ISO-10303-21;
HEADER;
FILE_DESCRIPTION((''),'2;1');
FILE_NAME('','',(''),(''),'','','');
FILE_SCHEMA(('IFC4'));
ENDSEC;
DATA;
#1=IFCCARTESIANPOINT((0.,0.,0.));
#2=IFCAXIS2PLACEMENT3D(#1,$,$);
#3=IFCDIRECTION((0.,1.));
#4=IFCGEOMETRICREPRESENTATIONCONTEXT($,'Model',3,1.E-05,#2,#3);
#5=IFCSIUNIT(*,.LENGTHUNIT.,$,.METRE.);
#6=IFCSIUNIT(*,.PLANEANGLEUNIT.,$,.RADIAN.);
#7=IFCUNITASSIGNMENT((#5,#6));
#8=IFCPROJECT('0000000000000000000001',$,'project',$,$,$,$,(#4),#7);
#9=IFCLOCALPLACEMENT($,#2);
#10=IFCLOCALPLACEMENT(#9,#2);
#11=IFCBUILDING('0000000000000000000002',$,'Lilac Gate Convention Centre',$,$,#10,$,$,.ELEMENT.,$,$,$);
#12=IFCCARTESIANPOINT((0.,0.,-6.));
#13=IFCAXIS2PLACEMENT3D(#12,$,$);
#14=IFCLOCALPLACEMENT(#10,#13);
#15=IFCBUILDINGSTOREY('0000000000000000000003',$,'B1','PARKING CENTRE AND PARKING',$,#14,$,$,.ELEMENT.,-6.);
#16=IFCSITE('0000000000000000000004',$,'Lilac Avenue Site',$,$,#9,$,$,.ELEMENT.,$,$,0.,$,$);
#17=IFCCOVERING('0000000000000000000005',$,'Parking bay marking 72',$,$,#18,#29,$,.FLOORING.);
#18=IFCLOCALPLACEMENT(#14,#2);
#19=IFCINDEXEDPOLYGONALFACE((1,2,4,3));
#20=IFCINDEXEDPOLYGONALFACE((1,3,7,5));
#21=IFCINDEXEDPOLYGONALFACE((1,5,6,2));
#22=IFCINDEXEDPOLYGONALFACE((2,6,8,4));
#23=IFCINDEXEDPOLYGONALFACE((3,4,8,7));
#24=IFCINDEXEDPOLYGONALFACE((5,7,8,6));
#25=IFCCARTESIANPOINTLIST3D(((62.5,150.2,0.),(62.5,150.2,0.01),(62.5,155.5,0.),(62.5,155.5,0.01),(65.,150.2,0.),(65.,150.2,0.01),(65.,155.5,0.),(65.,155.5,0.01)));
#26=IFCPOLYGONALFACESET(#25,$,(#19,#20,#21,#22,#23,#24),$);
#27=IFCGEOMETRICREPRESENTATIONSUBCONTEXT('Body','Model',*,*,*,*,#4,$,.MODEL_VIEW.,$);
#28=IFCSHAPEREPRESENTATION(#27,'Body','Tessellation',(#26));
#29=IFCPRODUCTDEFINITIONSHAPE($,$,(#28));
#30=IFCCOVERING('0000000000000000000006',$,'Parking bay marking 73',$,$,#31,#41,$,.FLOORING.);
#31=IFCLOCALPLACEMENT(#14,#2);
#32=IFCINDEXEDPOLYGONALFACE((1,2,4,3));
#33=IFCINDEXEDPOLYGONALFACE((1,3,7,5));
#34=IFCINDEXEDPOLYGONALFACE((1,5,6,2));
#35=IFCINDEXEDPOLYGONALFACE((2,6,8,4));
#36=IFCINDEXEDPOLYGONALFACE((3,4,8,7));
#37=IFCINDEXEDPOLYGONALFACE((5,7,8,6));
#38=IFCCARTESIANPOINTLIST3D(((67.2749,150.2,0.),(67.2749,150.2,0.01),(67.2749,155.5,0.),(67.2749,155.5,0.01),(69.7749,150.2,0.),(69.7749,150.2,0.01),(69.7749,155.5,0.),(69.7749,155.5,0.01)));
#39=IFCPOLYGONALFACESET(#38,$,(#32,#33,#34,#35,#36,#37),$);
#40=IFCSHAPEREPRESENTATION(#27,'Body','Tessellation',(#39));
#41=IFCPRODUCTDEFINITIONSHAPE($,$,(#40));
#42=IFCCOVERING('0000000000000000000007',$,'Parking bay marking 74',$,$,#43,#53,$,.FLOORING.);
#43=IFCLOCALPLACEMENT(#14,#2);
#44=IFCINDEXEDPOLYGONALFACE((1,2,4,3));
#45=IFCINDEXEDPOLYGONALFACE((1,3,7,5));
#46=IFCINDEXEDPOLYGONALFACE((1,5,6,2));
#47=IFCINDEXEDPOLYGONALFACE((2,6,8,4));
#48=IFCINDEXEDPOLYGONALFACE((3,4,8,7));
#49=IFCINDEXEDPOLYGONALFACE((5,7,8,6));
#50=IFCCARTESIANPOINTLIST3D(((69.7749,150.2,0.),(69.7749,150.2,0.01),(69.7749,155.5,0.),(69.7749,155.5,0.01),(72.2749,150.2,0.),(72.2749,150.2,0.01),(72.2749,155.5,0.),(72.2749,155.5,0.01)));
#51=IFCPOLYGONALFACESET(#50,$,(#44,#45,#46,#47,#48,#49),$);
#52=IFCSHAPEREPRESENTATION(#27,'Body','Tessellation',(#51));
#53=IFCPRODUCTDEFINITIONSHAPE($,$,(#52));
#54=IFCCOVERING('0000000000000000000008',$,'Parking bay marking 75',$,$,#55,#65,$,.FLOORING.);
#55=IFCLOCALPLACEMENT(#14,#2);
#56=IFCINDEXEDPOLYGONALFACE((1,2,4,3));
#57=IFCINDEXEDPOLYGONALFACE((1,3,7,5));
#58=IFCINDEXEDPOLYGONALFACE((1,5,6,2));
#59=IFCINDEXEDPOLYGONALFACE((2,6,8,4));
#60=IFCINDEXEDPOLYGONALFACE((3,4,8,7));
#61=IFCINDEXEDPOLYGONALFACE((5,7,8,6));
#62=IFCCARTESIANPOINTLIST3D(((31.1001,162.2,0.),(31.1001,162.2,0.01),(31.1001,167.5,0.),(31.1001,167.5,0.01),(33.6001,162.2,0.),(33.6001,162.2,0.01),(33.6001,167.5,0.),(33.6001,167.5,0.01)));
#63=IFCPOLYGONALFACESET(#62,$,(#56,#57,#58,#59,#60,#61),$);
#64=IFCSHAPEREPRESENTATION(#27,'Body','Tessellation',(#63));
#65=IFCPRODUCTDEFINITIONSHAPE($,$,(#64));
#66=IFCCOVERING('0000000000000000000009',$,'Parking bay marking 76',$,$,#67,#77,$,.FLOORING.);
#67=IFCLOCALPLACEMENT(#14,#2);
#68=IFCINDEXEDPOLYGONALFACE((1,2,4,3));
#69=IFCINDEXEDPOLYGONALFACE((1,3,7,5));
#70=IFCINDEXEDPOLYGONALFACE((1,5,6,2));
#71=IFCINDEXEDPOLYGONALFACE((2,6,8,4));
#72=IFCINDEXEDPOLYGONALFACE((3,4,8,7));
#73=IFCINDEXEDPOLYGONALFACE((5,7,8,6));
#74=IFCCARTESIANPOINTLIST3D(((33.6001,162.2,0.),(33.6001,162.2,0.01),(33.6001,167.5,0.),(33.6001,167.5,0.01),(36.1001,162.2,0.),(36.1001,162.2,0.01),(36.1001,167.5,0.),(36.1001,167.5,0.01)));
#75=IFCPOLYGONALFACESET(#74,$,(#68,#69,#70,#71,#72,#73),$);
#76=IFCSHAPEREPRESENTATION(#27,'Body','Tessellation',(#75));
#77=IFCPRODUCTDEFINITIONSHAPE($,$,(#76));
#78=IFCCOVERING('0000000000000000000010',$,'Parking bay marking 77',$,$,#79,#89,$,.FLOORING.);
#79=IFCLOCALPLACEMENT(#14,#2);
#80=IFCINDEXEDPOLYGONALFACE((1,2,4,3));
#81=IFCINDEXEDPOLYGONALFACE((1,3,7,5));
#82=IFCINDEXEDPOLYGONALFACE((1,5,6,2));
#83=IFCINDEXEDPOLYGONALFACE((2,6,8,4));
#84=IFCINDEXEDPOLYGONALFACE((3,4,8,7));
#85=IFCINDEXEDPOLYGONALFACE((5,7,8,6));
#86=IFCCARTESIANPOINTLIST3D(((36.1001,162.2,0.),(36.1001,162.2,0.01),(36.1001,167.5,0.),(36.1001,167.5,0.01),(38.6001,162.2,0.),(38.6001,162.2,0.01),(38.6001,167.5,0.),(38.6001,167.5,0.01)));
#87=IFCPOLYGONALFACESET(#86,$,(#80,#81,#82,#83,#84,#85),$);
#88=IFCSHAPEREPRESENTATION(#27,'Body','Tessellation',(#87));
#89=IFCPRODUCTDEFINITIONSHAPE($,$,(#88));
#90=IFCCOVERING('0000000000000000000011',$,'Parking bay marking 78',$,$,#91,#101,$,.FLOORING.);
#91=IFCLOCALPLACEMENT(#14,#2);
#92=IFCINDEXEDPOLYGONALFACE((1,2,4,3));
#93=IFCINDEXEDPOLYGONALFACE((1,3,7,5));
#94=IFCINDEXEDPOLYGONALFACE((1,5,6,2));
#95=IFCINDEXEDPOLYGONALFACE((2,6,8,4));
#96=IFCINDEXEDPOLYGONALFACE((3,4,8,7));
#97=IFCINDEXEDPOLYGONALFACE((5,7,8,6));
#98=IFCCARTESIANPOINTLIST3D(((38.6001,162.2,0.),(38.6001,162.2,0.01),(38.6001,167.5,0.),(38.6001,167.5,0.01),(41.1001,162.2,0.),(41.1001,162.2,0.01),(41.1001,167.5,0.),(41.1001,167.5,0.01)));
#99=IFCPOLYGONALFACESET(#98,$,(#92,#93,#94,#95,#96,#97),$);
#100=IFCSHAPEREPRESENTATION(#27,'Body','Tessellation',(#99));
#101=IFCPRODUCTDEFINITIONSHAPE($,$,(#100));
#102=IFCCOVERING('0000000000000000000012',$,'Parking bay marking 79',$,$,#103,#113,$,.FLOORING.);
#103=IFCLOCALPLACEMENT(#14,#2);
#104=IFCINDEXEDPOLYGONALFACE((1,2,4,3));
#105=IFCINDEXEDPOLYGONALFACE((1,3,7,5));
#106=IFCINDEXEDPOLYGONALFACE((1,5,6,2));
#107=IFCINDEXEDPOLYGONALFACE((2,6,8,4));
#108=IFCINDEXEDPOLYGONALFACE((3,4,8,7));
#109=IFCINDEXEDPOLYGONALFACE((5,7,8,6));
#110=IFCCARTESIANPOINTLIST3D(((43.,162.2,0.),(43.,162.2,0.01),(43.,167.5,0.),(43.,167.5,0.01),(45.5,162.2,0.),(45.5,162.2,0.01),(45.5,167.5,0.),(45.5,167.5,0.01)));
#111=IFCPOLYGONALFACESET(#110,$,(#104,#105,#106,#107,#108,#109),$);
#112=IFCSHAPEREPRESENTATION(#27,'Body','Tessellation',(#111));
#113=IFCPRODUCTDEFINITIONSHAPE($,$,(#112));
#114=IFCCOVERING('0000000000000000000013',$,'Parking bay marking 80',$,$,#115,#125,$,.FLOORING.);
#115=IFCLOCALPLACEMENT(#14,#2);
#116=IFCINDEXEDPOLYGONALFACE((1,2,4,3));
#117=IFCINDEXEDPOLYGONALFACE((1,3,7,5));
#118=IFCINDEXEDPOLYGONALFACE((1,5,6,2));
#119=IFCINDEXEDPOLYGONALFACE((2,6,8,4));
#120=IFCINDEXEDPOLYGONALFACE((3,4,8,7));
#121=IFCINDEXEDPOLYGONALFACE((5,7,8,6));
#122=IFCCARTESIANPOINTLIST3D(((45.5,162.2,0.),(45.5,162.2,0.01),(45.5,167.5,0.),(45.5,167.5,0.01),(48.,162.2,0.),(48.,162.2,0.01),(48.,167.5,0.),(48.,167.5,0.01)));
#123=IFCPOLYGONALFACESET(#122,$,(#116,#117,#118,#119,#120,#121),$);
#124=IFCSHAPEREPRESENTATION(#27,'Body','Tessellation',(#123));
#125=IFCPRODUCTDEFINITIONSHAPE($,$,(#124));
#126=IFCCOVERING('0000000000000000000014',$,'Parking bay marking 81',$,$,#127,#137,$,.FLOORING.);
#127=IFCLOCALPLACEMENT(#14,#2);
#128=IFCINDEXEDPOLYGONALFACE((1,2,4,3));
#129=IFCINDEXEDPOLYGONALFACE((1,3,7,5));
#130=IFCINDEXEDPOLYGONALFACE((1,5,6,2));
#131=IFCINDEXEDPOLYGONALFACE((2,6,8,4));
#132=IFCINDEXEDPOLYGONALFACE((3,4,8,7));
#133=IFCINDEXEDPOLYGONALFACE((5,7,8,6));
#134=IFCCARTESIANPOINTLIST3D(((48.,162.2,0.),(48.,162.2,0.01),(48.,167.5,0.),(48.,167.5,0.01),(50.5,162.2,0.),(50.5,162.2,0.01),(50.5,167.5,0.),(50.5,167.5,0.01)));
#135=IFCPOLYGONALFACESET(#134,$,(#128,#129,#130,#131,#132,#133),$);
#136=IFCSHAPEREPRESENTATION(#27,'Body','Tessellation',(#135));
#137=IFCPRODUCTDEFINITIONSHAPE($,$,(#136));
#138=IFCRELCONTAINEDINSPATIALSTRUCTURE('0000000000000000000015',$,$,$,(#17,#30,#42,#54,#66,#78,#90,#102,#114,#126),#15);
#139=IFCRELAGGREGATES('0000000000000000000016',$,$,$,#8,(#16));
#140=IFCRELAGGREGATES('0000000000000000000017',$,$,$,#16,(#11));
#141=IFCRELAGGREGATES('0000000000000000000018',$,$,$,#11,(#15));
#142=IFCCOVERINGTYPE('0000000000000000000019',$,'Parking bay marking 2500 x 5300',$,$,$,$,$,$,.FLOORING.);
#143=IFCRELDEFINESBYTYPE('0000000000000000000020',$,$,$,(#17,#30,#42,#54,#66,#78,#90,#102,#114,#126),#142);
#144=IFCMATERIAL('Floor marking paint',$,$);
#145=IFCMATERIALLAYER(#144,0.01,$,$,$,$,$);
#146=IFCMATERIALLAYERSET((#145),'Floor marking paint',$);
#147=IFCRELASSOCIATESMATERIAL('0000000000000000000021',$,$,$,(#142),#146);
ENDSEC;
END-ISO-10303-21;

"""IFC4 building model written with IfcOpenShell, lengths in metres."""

from ifc_helpers import new_model, si_unit, direction, frame, origin, place, context, subcontext, project, spatial, polyline, outline, extrude, material, layer, layer_set, type_object, element, save


model = new_model("IFC4")

# Units and contexts
model_context = context("Model", 3, precision=1e-05, world=origin(), true_north=direction((0.0, 1.0)))
body_context = subcontext(model_context, "Body", "Model", "MODEL_VIEW")
ifc_project = project(units=[si_unit("LENGTHUNIT", "METRE"), si_unit("PLANEANGLEUNIT", "RADIAN")], contexts=[model_context])

# Site, building, storey
site_placement = place(None, origin())
site = spatial("IfcSite", under=ifc_project, at=site_placement, Name="Lilac Avenue Site", CompositionType="ELEMENT", RefElevation=0.0)
building_placement = place(site_placement, origin())
building = spatial("IfcBuilding", under=site, at=building_placement, Name="Lilac Gate Convention Centre", CompositionType="ELEMENT")
storey_placement = place(building_placement, frame((0.0, 0.0, -6.0)))
storey = spatial("IfcBuildingStorey", under=building, at=storey_placement, Name="B1", Description="PARKING CENTRE AND PARKING", CompositionType="ELEMENT", Elevation=-6.0)

# Coverings
ifc_material = material(Name="Floor marking paint")
ifc_layer_1 = layer(ifc_material, 0.01)
ifc_layer_set_1 = layer_set([ifc_layer_1], Name="Floor marking paint")
covering_type_1 = type_object("IfcCoveringType", Name="Parking bay marking 2500 x 5300", PredefinedType="FLOORING", material=ifc_layer_set_1)
covering_1_placement = place(storey_placement, origin())
element("IfcCovering", 1, at=covering_1_placement, inside=storey, type_object=covering_type_1, Name="Parking bay marking 72", PredefinedType="FLOORING", context=body_context, shape_type="SweptSolid", body=[
    extrude(outline(polyline([(62.5, 150.2), (65.0, 150.2), (65.0, 155.5), (62.5, 155.5), (62.5, 150.2)])), origin(), (0.0, 0.0, 1.0), 0.01),
])
covering_2_placement = place(storey_placement, origin())
element("IfcCovering", 2, at=covering_2_placement, inside=storey, type_object=covering_type_1, Name="Parking bay marking 73", PredefinedType="FLOORING", context=body_context, shape_type="SweptSolid", body=[
    extrude(outline(polyline([(67.2749, 150.2), (69.7749, 150.2), (69.7749, 155.5), (67.2749, 155.5), (67.2749, 150.2)])), origin(), (0.0, 0.0, 1.0), 0.01),
])
covering_3_placement = place(storey_placement, origin())
element("IfcCovering", 3, at=covering_3_placement, inside=storey, type_object=covering_type_1, Name="Parking bay marking 74", PredefinedType="FLOORING", context=body_context, shape_type="SweptSolid", body=[
    extrude(outline(polyline([(69.7749, 150.2), (72.2749, 150.2), (72.2749, 155.5), (69.7749, 155.5), (69.7749, 150.2)])), origin(), (0.0, 0.0, 1.0), 0.01),
])
covering_4_placement = place(storey_placement, origin())
element("IfcCovering", 4, at=covering_4_placement, inside=storey, type_object=covering_type_1, Name="Parking bay marking 75", PredefinedType="FLOORING", context=body_context, shape_type="SweptSolid", body=[
    extrude(outline(polyline([(31.1001, 162.2), (33.6001, 162.2), (33.6001, 167.5), (31.1001, 167.5), (31.1001, 162.2)])), origin(), (0.0, 0.0, 1.0), 0.01),
])
covering_5_placement = place(storey_placement, origin())
element("IfcCovering", 5, at=covering_5_placement, inside=storey, type_object=covering_type_1, Name="Parking bay marking 76", PredefinedType="FLOORING", context=body_context, shape_type="SweptSolid", body=[
    extrude(outline(polyline([(33.6001, 162.2), (36.1001, 162.2), (36.1001, 167.5), (33.6001, 167.5), (33.6001, 162.2)])), origin(), (0.0, 0.0, 1.0), 0.01),
])
covering_6_placement = place(storey_placement, origin())
element("IfcCovering", 6, at=covering_6_placement, inside=storey, type_object=covering_type_1, Name="Parking bay marking 77", PredefinedType="FLOORING", context=body_context, shape_type="SweptSolid", body=[
    extrude(outline(polyline([(36.1001, 162.2), (38.6001, 162.2), (38.6001, 167.5), (36.1001, 167.5), (36.1001, 162.2)])), origin(), (0.0, 0.0, 1.0), 0.01),
])
covering_7_placement = place(storey_placement, origin())
element("IfcCovering", 7, at=covering_7_placement, inside=storey, type_object=covering_type_1, Name="Parking bay marking 78", PredefinedType="FLOORING", context=body_context, shape_type="SweptSolid", body=[
    extrude(outline(polyline([(38.6001, 162.2), (41.1001, 162.2), (41.1001, 167.5), (38.6001, 167.5), (38.6001, 162.2)])), origin(), (0.0, 0.0, 1.0), 0.01),
])
covering_8_placement = place(storey_placement, origin())
element("IfcCovering", 8, at=covering_8_placement, inside=storey, type_object=covering_type_1, Name="Parking bay marking 79", PredefinedType="FLOORING", context=body_context, shape_type="SweptSolid", body=[
    extrude(outline(polyline([(43.0, 162.2), (45.5, 162.2), (45.5, 167.5), (43.0, 167.5), (43.0, 162.2)])), origin(), (0.0, 0.0, 1.0), 0.01),
])
covering_9_placement = place(storey_placement, origin())
element("IfcCovering", 9, at=covering_9_placement, inside=storey, type_object=covering_type_1, Name="Parking bay marking 80", PredefinedType="FLOORING", context=body_context, shape_type="SweptSolid", body=[
    extrude(outline(polyline([(45.5, 162.2), (48.0, 162.2), (48.0, 167.5), (45.5, 167.5), (45.5, 162.2)])), origin(), (0.0, 0.0, 1.0), 0.01),
])
covering_10_placement = place(storey_placement, origin())
element("IfcCovering", 10, at=covering_10_placement, inside=storey, type_object=covering_type_1, Name="Parking bay marking 81", PredefinedType="FLOORING", context=body_context, shape_type="SweptSolid", body=[
    extrude(outline(polyline([(48.0, 162.2), (50.5, 162.2), (50.5, 167.5), (48.0, 167.5), (48.0, 162.2)])), origin(), (0.0, 0.0, 1.0), 0.01),
])

save(model, "model.ifc")
